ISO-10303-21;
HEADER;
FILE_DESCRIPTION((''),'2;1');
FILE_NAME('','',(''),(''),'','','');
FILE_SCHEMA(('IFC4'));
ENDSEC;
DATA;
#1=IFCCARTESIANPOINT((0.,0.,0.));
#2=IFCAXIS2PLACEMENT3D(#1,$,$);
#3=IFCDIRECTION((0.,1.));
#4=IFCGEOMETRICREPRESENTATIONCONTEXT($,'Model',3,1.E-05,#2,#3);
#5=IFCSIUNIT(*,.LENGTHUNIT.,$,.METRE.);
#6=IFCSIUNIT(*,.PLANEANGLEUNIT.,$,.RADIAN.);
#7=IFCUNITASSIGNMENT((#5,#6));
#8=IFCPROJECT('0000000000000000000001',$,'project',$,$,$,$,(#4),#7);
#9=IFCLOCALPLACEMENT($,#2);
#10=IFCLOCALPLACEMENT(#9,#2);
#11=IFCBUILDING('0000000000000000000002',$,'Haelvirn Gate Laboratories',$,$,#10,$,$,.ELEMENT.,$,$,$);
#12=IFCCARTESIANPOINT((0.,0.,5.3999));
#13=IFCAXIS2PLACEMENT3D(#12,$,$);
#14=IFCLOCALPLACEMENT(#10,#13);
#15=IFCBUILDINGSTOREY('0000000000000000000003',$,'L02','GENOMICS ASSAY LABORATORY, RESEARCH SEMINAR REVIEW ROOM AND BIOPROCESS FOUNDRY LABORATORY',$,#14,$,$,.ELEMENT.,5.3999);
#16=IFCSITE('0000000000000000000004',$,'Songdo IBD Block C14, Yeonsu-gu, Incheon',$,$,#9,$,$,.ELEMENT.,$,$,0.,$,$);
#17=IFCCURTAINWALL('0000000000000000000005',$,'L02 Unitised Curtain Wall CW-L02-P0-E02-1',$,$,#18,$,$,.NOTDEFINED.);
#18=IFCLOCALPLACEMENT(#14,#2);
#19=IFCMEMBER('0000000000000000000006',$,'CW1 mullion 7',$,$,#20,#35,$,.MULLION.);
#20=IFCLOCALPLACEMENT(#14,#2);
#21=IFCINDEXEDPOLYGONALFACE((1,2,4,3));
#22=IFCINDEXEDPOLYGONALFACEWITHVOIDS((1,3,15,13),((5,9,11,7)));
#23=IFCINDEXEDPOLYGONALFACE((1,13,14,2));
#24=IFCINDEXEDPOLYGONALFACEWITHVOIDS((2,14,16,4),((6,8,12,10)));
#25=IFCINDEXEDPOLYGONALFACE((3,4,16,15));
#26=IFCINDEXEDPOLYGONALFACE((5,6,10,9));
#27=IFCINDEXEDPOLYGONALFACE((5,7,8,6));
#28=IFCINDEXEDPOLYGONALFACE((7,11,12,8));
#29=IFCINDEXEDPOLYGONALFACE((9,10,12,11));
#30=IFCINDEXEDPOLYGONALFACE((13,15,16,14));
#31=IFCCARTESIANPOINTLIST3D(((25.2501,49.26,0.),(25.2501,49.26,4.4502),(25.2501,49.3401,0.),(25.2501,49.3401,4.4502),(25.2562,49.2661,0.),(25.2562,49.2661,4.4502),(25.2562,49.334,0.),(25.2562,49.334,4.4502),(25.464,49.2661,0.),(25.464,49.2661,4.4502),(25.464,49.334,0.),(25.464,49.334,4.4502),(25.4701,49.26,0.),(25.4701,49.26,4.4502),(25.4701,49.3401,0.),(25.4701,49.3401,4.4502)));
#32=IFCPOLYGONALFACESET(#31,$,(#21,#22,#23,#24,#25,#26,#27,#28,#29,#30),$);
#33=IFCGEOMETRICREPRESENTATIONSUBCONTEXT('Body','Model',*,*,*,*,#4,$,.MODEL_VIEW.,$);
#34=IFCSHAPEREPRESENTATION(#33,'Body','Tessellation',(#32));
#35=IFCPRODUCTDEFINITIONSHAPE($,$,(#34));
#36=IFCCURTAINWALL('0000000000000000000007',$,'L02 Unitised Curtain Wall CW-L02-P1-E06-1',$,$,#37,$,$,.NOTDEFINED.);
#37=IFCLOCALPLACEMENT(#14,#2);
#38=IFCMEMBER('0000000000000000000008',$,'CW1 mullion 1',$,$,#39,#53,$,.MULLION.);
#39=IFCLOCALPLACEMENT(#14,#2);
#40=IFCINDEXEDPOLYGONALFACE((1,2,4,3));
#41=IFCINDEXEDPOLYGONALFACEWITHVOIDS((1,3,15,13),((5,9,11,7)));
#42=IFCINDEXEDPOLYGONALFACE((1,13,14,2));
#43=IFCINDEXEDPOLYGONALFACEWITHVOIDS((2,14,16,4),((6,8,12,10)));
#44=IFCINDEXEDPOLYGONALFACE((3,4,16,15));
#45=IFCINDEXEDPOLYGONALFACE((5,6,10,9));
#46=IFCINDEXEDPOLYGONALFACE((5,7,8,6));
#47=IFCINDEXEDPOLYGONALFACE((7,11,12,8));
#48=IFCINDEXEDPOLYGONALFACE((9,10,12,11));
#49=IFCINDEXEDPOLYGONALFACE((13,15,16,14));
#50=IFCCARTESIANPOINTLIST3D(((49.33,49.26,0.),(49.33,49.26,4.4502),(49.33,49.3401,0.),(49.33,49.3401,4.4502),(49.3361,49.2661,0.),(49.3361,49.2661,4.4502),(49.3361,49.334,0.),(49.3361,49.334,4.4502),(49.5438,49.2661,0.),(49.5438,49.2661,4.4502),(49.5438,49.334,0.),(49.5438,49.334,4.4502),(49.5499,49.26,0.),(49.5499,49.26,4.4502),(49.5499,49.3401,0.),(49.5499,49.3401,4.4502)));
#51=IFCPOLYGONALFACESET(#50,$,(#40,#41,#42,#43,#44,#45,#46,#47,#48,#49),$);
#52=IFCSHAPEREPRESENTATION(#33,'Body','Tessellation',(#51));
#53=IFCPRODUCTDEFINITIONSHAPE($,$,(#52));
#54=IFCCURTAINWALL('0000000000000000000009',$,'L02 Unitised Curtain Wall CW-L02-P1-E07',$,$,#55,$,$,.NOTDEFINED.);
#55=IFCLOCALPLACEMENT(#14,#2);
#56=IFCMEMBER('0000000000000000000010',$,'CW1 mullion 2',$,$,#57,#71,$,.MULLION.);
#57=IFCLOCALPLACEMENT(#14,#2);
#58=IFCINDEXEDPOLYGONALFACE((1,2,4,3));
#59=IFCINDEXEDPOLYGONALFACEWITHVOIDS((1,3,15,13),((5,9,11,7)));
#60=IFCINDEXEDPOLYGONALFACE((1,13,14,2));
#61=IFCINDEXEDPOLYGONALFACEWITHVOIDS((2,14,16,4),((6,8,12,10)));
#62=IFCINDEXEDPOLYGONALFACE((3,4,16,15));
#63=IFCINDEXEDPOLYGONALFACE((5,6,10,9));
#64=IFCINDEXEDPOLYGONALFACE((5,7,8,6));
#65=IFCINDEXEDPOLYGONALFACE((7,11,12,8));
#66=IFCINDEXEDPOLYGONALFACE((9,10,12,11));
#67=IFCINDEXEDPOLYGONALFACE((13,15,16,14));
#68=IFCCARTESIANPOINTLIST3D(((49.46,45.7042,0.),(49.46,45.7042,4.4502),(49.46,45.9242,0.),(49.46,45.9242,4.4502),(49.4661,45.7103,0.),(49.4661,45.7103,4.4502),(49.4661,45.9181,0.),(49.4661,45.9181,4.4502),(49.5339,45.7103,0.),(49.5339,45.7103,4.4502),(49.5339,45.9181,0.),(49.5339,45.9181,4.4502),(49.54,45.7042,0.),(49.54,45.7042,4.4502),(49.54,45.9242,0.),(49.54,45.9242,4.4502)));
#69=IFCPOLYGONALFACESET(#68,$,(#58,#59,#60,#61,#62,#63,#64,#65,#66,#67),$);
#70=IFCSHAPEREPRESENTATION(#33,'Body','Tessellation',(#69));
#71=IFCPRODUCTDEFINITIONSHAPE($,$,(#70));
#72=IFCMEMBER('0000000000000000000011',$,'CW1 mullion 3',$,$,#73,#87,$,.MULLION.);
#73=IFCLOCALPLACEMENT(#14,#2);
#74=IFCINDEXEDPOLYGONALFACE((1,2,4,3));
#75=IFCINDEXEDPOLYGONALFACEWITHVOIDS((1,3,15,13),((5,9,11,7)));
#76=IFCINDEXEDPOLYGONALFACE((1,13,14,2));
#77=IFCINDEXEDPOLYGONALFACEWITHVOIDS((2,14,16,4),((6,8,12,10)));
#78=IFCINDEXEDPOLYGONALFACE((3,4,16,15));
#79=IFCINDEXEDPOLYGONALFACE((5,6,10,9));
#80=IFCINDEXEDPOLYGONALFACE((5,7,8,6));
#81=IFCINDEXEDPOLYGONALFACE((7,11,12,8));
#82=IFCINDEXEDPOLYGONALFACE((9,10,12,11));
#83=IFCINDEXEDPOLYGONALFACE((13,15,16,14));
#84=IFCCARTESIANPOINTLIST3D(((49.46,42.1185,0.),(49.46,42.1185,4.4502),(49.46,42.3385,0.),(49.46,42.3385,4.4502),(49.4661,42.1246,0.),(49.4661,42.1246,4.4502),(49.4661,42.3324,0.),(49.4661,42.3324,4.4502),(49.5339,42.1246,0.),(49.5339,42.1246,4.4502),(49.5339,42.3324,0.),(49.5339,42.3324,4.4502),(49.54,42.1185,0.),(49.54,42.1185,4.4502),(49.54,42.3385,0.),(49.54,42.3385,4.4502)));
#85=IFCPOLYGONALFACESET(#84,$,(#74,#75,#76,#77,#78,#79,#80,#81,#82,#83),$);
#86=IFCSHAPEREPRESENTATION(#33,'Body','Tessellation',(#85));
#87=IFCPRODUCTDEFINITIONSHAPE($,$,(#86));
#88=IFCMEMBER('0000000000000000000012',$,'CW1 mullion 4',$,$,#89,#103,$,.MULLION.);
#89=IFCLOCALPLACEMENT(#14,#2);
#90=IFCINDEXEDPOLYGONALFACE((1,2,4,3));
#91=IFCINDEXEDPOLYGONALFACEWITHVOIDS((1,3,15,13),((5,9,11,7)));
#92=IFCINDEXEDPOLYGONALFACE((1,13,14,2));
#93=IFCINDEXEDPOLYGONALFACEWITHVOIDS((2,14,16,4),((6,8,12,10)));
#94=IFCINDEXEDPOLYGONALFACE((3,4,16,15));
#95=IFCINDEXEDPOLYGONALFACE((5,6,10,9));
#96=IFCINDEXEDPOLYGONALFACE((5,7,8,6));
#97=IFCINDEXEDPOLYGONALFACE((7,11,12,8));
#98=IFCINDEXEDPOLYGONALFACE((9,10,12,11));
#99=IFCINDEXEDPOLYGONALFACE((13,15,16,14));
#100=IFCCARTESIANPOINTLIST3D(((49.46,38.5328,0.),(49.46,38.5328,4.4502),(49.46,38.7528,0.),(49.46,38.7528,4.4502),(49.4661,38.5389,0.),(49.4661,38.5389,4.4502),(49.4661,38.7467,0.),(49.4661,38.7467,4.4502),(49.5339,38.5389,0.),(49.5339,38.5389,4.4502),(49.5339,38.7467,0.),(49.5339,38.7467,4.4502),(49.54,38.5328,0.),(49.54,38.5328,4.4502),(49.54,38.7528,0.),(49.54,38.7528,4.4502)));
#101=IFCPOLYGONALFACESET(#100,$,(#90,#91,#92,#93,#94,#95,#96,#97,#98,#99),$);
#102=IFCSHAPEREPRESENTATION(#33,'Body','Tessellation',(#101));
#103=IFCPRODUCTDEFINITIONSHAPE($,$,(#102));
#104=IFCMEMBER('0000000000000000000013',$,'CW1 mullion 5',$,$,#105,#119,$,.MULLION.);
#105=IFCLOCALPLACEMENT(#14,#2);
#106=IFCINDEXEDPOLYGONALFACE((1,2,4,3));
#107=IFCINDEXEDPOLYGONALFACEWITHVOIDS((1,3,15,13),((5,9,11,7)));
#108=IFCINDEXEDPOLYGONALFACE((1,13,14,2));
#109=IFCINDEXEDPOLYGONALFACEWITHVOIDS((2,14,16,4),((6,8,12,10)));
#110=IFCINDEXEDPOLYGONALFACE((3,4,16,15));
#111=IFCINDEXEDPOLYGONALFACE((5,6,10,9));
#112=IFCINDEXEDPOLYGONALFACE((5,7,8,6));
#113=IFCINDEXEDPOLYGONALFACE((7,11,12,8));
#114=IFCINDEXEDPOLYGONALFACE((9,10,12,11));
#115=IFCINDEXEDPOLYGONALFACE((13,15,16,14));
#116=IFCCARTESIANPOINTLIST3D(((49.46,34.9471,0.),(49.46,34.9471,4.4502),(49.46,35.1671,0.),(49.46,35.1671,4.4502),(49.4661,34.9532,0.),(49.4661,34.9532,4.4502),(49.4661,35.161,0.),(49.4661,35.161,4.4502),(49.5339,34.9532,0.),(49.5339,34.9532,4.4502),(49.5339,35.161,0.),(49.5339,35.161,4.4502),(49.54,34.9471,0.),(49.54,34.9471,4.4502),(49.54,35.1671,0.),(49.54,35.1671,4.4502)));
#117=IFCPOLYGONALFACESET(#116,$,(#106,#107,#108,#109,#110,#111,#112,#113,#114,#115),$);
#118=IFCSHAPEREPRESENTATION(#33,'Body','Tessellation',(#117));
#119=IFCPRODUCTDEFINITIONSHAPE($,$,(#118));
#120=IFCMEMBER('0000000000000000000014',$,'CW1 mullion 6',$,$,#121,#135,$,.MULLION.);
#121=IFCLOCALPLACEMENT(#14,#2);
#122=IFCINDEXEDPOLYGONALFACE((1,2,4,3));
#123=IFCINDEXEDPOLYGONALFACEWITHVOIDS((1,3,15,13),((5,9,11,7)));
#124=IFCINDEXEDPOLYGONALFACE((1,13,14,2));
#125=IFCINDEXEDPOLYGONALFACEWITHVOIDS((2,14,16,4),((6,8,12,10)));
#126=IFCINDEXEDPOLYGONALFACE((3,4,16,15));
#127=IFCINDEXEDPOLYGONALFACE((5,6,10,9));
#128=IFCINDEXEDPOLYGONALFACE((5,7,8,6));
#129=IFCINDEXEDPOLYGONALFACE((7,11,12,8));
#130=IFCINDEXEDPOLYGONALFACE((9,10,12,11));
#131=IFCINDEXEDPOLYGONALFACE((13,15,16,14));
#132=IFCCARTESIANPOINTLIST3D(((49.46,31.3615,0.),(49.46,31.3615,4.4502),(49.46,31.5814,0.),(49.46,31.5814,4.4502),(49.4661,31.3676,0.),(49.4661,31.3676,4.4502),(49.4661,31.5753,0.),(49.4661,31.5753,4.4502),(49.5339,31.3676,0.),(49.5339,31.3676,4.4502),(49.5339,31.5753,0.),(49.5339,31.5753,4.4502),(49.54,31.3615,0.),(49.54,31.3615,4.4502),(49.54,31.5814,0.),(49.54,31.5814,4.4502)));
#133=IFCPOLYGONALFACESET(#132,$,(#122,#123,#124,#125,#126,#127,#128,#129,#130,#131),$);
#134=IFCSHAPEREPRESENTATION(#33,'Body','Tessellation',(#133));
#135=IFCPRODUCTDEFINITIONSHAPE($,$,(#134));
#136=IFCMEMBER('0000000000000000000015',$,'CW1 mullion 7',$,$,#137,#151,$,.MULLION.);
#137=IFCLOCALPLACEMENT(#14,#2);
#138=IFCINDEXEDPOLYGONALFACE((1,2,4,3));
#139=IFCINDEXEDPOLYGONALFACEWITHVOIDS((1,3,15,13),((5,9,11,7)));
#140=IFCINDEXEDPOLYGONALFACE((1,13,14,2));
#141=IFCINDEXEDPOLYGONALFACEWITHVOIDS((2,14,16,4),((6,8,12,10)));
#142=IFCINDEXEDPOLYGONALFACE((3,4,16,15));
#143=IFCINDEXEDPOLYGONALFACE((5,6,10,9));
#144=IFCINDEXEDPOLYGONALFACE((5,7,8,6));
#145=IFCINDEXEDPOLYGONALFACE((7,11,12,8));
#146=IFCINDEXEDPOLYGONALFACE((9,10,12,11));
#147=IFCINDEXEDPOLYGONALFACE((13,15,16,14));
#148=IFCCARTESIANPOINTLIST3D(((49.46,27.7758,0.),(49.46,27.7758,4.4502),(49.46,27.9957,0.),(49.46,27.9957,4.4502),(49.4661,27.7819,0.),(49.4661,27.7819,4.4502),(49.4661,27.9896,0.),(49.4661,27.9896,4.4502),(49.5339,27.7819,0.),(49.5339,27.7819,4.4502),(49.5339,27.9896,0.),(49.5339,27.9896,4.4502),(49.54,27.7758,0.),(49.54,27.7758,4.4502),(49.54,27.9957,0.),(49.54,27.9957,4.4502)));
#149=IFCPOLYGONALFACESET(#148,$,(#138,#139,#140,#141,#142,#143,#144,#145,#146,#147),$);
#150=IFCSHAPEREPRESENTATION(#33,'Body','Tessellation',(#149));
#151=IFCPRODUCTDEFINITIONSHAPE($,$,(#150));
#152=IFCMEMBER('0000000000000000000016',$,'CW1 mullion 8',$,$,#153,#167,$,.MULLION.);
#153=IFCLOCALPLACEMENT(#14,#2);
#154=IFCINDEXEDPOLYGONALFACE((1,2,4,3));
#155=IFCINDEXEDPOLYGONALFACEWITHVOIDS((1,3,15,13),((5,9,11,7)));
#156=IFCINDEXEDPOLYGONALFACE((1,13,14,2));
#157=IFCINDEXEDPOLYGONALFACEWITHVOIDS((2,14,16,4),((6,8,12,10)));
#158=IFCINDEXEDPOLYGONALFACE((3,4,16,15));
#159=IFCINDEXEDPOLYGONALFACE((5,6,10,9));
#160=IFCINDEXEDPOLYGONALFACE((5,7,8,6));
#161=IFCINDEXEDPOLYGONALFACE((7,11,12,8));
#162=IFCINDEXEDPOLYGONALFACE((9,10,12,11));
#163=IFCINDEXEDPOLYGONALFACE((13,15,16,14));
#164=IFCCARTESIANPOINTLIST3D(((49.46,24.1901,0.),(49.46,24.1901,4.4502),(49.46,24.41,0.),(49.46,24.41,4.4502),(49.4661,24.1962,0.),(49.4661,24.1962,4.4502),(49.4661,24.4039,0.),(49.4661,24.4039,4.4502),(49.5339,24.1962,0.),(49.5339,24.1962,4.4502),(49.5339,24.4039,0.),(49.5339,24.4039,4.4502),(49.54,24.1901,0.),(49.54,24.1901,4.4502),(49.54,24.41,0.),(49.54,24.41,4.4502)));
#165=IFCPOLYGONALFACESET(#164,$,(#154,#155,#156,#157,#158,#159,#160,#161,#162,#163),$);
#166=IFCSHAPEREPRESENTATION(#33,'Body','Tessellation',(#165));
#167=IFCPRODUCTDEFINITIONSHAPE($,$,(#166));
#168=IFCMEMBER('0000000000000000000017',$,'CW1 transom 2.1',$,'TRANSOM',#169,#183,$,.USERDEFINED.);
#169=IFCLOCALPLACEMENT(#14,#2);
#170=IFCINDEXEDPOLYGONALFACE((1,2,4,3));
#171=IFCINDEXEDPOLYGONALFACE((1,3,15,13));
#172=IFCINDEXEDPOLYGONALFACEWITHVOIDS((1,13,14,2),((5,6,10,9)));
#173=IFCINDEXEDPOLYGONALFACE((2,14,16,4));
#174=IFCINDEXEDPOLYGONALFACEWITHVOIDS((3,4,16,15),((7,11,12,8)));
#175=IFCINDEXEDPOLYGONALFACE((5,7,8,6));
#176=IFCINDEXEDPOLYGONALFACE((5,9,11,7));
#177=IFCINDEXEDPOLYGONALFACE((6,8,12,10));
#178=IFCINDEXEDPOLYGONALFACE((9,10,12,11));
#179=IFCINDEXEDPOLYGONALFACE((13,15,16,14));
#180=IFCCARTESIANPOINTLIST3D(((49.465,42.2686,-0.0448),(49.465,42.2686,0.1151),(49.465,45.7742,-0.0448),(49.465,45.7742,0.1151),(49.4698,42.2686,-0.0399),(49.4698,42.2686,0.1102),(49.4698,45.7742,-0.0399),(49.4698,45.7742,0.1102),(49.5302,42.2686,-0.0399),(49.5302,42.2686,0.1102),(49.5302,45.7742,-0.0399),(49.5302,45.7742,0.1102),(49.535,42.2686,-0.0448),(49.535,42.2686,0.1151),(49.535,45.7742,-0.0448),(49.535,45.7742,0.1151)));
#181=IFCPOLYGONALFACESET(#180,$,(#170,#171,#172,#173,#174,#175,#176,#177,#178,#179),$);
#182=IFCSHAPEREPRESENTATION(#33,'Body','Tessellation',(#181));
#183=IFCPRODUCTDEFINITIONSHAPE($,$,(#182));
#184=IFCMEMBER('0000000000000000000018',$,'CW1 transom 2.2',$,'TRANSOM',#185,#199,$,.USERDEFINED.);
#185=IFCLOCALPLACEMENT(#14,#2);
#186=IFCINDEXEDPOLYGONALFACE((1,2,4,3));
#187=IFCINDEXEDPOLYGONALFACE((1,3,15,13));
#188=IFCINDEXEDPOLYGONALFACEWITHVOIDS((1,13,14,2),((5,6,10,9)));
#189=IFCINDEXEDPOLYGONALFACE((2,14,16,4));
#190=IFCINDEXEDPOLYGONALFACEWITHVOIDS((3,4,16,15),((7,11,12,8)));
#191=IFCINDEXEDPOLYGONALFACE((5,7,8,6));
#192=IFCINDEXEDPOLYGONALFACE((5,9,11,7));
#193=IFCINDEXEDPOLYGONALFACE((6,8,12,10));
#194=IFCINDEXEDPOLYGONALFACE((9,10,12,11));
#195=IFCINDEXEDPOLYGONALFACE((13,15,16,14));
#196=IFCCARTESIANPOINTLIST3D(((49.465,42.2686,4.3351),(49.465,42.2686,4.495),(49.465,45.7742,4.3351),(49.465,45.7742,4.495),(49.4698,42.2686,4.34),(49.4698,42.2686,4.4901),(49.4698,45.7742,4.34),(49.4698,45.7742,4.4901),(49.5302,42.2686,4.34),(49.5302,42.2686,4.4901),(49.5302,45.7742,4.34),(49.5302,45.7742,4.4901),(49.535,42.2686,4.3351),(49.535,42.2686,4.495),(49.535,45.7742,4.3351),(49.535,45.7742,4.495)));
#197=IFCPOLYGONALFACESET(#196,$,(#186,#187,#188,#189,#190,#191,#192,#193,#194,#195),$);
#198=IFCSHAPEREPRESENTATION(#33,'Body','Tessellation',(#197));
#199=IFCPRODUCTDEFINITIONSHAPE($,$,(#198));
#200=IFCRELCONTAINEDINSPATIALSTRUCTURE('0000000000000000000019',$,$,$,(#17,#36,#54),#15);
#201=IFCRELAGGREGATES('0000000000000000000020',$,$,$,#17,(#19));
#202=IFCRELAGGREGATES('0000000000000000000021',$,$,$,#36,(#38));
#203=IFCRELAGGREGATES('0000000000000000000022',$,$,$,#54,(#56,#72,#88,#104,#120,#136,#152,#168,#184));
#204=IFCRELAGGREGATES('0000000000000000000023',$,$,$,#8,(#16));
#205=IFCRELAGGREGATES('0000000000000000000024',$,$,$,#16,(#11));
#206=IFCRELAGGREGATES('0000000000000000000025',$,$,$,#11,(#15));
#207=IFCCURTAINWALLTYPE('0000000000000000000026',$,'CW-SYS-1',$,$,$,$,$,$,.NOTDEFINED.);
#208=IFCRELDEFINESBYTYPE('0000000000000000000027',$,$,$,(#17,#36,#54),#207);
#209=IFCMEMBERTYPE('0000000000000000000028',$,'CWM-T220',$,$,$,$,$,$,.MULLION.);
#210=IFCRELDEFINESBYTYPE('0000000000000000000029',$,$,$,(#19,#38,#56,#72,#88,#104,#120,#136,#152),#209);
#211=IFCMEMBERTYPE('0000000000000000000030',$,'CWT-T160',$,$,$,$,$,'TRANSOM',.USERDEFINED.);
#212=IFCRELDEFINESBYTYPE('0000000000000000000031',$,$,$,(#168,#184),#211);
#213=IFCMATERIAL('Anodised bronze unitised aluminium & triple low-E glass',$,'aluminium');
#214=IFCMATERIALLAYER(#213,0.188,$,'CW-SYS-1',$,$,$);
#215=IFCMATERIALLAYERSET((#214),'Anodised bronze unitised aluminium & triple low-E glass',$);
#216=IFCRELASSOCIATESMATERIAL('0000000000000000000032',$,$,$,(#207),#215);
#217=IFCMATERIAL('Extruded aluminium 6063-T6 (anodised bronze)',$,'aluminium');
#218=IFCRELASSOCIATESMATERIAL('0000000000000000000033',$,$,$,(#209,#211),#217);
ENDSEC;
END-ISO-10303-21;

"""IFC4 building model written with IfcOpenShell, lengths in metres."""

from ifc_helpers import new_model, si_unit, direction, frame, origin, origin_2d, place, context, subcontext, project, spatial, hollow_rectangle, extrude, source, transform, mapped, material, layer, layer_set, material_profile, profile_set, type_object, type_shapes, element, aggregate, save


model = new_model("IFC4")

# Units and contexts
model_context = context("Model", 3, precision=1e-05, world=origin(), true_north=direction((0.0, 1.0)))
body_context = subcontext(model_context, "Body", "Model", "MODEL_VIEW")
ifc_project = project(units=[si_unit("LENGTHUNIT", "METRE"), si_unit("PLANEANGLEUNIT", "RADIAN")], contexts=[model_context])

# Site, building, storey
site_placement = place(None, origin())
site = spatial("IfcSite", under=ifc_project, at=site_placement, Name="Songdo IBD Block C14, Yeonsu-gu, Incheon", CompositionType="ELEMENT", RefElevation=0.0)
building_placement = place(site_placement, origin())
building = spatial("IfcBuilding", under=site, at=building_placement, Name="Haelvirn Gate Laboratories", CompositionType="ELEMENT")
storey_placement = place(building_placement, frame((0.0, 0.0, 5.3999)))
storey = spatial("IfcBuildingStorey", under=building, at=storey_placement, Name="L02", Description="GENOMICS ASSAY LABORATORY, RESEARCH SEMINAR REVIEW ROOM AND BIOPROCESS FOUNDRY LABORATORY", CompositionType="ELEMENT", Elevation=5.3999)

# Curtain walls, members
ifc_material_1 = material(Name="Anodised bronze unitised aluminium & triple low-E glass", Category="aluminium")
ifc_layer_1 = layer(ifc_material_1, 0.188, Name="CW-SYS-1")
ifc_layer_set_1 = layer_set([ifc_layer_1], Name="Anodised bronze unitised aluminium & triple low-E glass")
curtain_wall_type = type_object("IfcCurtainWallType", Name="CW-SYS-1", PredefinedType="NOTDEFINED", material=ifc_layer_set_1)
curtain_wall_1_placement = place(storey_placement, origin())
curtain_wall_1 = element("IfcCurtainWall", 1, at=curtain_wall_1_placement, inside=storey, type_object=curtain_wall_type, Name="L02 Unitised Curtain Wall CW-L02-P0-E02-1", PredefinedType="NOTDEFINED")
ifc_material_2 = material(Name="Extruded aluminium 6063-T6 (anodised bronze)", Category="aluminium")
ifc_material_profile_1 = material_profile(ifc_material_2, hollow_rectangle(XDim=0.0801, YDim=0.22, WallThickness=0.0061, at=origin_2d()), Name="CWM-220x80x6")
ifc_profile_set_1 = profile_set([ifc_material_profile_1], Name="Extruded aluminium 6063-T6 (anodised bronze)")
member_type_1 = type_object("IfcMemberType", Name="CWM-T220", PredefinedType="MULLION", material=ifc_profile_set_1)
shared_shape_1 = source(origin(), body_context, "Body", "SweptSolid", [
    extrude(hollow_rectangle(XDim=0.0801, YDim=0.22, WallThickness=0.0061, at=origin_2d()), origin(), (0.0, 0.0, 1.0), 4.4502),
])
type_shapes(member_type_1, [shared_shape_1])
member_1_placement = place(storey_placement, frame((25.3601, 49.3, 0.0), z_axis=(0.0, 0.0, 1.0), x_axis=(0.0, 1.0, 0.0)))
member_1 = element("IfcMember", 2, at=member_1_placement, type_object=member_type_1, Name="CW1 mullion 7", PredefinedType="MULLION", context=body_context, shape_type="MappedRepresentation", body=[
    mapped(shared_shape_1, transform((0.0, 0.0, 0.0), scale=1.0)),
])
aggregate(curtain_wall_1, [member_1])
curtain_wall_2_placement = place(storey_placement, origin())
curtain_wall_2 = element("IfcCurtainWall", 3, at=curtain_wall_2_placement, inside=storey, type_object=curtain_wall_type, Name="L02 Unitised Curtain Wall CW-L02-P1-E06-1", PredefinedType="NOTDEFINED")
member_2_placement = place(storey_placement, frame((49.4399, 49.3, 0.0), z_axis=(0.0, 0.0, 1.0), x_axis=(0.0, 1.0, 0.0)))
member_2 = element("IfcMember", 4, at=member_2_placement, type_object=member_type_1, Name="CW1 mullion 1", PredefinedType="MULLION", context=body_context, shape_type="MappedRepresentation", body=[
    mapped(shared_shape_1, transform((0.0, 0.0, 0.0), scale=1.0)),
])

# Curtain wall, members
curtain_wall_3_placement = place(storey_placement, origin())
curtain_wall_3 = element("IfcCurtainWall", 5, at=curtain_wall_3_placement, inside=storey, type_object=curtain_wall_type, Name="L02 Unitised Curtain Wall CW-L02-P1-E07", PredefinedType="NOTDEFINED")
member_3_placement = place(storey_placement, frame((49.5, 45.8142, 0.0), z_axis=(0.0, 0.0, 1.0), x_axis=(1.0, 0.0, 0.0)))
member_3 = element("IfcMember", 6, at=member_3_placement, type_object=member_type_1, Name="CW1 mullion 2", PredefinedType="MULLION", context=body_context, shape_type="MappedRepresentation", body=[
    mapped(shared_shape_1, transform((0.0, 0.0, 0.0), scale=1.0)),
])
member_4_placement = place(storey_placement, frame((49.5, 42.2285, 0.0), z_axis=(0.0, 0.0, 1.0), x_axis=(1.0, 0.0, 0.0)))
member_4 = element("IfcMember", 7, at=member_4_placement, type_object=member_type_1, Name="CW1 mullion 3", PredefinedType="MULLION", context=body_context, shape_type="MappedRepresentation", body=[
    mapped(shared_shape_1, transform((0.0, 0.0, 0.0), scale=1.0)),
])
member_5_placement = place(storey_placement, frame((49.5, 38.6428, 0.0), z_axis=(0.0, 0.0, 1.0), x_axis=(1.0, 0.0, 0.0)))
member_5 = element("IfcMember", 8, at=member_5_placement, type_object=member_type_1, Name="CW1 mullion 4", PredefinedType="MULLION", context=body_context, shape_type="MappedRepresentation", body=[
    mapped(shared_shape_1, transform((0.0, 0.0, 0.0), scale=1.0)),
])
member_6_placement = place(storey_placement, frame((49.5, 35.0571, 0.0), z_axis=(0.0, 0.0, 1.0), x_axis=(1.0, 0.0, 0.0)))
member_6 = element("IfcMember", 9, at=member_6_placement, type_object=member_type_1, Name="CW1 mullion 5", PredefinedType="MULLION", context=body_context, shape_type="MappedRepresentation", body=[
    mapped(shared_shape_1, transform((0.0, 0.0, 0.0), scale=1.0)),
])
member_7_placement = place(storey_placement, frame((49.5, 31.4714, 0.0), z_axis=(0.0, 0.0, 1.0), x_axis=(1.0, 0.0, 0.0)))
member_7 = element("IfcMember", 10, at=member_7_placement, type_object=member_type_1, Name="CW1 mullion 6", PredefinedType="MULLION", context=body_context, shape_type="MappedRepresentation", body=[
    mapped(shared_shape_1, transform((0.0, 0.0, 0.0), scale=1.0)),
])
member_8_placement = place(storey_placement, frame((49.5, 27.8857, 0.0), z_axis=(0.0, 0.0, 1.0), x_axis=(1.0, 0.0, 0.0)))
member_8 = element("IfcMember", 11, at=member_8_placement, type_object=member_type_1, Name="CW1 mullion 7", PredefinedType="MULLION", context=body_context, shape_type="MappedRepresentation", body=[
    mapped(shared_shape_1, transform((0.0, 0.0, 0.0), scale=1.0)),
])
member_9_placement = place(storey_placement, frame((49.5, 24.3, 0.0), z_axis=(0.0, 0.0, 1.0), x_axis=(1.0, 0.0, 0.0)))
member_9 = element("IfcMember", 12, at=member_9_placement, type_object=member_type_1, Name="CW1 mullion 8", PredefinedType="MULLION", context=body_context, shape_type="MappedRepresentation", body=[
    mapped(shared_shape_1, transform((0.0, 0.0, 0.0), scale=1.0)),
])
ifc_material_profile_2 = material_profile(ifc_material_2, hollow_rectangle(XDim=0.0701, YDim=0.1599, WallThickness=0.0049, at=origin_2d()), Name="CWT-160x70x5")
ifc_profile_set_2 = profile_set([ifc_material_profile_2], Name="Extruded aluminium 6063-T6 (anodised bronze)")
member_type_2 = type_object("IfcMemberType", Name="CWT-T160", ElementType="TRANSOM", PredefinedType="USERDEFINED", material=ifc_profile_set_2)
shared_shape_2 = source(origin(), body_context, "Body", "SweptSolid", [
    extrude(hollow_rectangle(XDim=0.0701, YDim=0.1599, WallThickness=0.0049, at=origin_2d()), origin(), (0.0, 0.0, 1.0), 3.5056),
])
member_10_placement = place(storey_placement, frame((49.5, 45.7742, 0.0352), z_axis=(0.0, -1.0, 0.0), x_axis=(1.0, 0.0, 0.0)))
member_10 = element("IfcMember", 13, at=member_10_placement, type_object=member_type_2, Name="CW1 transom 2.1", ObjectType="TRANSOM", PredefinedType="USERDEFINED", context=body_context, shape_type="MappedRepresentation", body=[
    mapped(shared_shape_2, transform((0.0, 0.0, 0.0), scale=1.0)),
])
member_11_placement = place(storey_placement, frame((49.5, 45.7742, 4.415), z_axis=(0.0, -1.0, 0.0), x_axis=(1.0, 0.0, 0.0)))
member_11 = element("IfcMember", 14, at=member_11_placement, type_object=member_type_2, Name="CW1 transom 2.2", ObjectType="TRANSOM", PredefinedType="USERDEFINED", context=body_context, shape_type="MappedRepresentation", body=[
    mapped(shared_shape_2, transform((0.0, 0.0, 0.0), scale=1.0)),
])

aggregate(curtain_wall_2, [member_2])

aggregate(curtain_wall_3, [member_3, member_4, member_5, member_6, member_7, member_8, member_9, member_10, member_11])

save(model, "model.ifc")
